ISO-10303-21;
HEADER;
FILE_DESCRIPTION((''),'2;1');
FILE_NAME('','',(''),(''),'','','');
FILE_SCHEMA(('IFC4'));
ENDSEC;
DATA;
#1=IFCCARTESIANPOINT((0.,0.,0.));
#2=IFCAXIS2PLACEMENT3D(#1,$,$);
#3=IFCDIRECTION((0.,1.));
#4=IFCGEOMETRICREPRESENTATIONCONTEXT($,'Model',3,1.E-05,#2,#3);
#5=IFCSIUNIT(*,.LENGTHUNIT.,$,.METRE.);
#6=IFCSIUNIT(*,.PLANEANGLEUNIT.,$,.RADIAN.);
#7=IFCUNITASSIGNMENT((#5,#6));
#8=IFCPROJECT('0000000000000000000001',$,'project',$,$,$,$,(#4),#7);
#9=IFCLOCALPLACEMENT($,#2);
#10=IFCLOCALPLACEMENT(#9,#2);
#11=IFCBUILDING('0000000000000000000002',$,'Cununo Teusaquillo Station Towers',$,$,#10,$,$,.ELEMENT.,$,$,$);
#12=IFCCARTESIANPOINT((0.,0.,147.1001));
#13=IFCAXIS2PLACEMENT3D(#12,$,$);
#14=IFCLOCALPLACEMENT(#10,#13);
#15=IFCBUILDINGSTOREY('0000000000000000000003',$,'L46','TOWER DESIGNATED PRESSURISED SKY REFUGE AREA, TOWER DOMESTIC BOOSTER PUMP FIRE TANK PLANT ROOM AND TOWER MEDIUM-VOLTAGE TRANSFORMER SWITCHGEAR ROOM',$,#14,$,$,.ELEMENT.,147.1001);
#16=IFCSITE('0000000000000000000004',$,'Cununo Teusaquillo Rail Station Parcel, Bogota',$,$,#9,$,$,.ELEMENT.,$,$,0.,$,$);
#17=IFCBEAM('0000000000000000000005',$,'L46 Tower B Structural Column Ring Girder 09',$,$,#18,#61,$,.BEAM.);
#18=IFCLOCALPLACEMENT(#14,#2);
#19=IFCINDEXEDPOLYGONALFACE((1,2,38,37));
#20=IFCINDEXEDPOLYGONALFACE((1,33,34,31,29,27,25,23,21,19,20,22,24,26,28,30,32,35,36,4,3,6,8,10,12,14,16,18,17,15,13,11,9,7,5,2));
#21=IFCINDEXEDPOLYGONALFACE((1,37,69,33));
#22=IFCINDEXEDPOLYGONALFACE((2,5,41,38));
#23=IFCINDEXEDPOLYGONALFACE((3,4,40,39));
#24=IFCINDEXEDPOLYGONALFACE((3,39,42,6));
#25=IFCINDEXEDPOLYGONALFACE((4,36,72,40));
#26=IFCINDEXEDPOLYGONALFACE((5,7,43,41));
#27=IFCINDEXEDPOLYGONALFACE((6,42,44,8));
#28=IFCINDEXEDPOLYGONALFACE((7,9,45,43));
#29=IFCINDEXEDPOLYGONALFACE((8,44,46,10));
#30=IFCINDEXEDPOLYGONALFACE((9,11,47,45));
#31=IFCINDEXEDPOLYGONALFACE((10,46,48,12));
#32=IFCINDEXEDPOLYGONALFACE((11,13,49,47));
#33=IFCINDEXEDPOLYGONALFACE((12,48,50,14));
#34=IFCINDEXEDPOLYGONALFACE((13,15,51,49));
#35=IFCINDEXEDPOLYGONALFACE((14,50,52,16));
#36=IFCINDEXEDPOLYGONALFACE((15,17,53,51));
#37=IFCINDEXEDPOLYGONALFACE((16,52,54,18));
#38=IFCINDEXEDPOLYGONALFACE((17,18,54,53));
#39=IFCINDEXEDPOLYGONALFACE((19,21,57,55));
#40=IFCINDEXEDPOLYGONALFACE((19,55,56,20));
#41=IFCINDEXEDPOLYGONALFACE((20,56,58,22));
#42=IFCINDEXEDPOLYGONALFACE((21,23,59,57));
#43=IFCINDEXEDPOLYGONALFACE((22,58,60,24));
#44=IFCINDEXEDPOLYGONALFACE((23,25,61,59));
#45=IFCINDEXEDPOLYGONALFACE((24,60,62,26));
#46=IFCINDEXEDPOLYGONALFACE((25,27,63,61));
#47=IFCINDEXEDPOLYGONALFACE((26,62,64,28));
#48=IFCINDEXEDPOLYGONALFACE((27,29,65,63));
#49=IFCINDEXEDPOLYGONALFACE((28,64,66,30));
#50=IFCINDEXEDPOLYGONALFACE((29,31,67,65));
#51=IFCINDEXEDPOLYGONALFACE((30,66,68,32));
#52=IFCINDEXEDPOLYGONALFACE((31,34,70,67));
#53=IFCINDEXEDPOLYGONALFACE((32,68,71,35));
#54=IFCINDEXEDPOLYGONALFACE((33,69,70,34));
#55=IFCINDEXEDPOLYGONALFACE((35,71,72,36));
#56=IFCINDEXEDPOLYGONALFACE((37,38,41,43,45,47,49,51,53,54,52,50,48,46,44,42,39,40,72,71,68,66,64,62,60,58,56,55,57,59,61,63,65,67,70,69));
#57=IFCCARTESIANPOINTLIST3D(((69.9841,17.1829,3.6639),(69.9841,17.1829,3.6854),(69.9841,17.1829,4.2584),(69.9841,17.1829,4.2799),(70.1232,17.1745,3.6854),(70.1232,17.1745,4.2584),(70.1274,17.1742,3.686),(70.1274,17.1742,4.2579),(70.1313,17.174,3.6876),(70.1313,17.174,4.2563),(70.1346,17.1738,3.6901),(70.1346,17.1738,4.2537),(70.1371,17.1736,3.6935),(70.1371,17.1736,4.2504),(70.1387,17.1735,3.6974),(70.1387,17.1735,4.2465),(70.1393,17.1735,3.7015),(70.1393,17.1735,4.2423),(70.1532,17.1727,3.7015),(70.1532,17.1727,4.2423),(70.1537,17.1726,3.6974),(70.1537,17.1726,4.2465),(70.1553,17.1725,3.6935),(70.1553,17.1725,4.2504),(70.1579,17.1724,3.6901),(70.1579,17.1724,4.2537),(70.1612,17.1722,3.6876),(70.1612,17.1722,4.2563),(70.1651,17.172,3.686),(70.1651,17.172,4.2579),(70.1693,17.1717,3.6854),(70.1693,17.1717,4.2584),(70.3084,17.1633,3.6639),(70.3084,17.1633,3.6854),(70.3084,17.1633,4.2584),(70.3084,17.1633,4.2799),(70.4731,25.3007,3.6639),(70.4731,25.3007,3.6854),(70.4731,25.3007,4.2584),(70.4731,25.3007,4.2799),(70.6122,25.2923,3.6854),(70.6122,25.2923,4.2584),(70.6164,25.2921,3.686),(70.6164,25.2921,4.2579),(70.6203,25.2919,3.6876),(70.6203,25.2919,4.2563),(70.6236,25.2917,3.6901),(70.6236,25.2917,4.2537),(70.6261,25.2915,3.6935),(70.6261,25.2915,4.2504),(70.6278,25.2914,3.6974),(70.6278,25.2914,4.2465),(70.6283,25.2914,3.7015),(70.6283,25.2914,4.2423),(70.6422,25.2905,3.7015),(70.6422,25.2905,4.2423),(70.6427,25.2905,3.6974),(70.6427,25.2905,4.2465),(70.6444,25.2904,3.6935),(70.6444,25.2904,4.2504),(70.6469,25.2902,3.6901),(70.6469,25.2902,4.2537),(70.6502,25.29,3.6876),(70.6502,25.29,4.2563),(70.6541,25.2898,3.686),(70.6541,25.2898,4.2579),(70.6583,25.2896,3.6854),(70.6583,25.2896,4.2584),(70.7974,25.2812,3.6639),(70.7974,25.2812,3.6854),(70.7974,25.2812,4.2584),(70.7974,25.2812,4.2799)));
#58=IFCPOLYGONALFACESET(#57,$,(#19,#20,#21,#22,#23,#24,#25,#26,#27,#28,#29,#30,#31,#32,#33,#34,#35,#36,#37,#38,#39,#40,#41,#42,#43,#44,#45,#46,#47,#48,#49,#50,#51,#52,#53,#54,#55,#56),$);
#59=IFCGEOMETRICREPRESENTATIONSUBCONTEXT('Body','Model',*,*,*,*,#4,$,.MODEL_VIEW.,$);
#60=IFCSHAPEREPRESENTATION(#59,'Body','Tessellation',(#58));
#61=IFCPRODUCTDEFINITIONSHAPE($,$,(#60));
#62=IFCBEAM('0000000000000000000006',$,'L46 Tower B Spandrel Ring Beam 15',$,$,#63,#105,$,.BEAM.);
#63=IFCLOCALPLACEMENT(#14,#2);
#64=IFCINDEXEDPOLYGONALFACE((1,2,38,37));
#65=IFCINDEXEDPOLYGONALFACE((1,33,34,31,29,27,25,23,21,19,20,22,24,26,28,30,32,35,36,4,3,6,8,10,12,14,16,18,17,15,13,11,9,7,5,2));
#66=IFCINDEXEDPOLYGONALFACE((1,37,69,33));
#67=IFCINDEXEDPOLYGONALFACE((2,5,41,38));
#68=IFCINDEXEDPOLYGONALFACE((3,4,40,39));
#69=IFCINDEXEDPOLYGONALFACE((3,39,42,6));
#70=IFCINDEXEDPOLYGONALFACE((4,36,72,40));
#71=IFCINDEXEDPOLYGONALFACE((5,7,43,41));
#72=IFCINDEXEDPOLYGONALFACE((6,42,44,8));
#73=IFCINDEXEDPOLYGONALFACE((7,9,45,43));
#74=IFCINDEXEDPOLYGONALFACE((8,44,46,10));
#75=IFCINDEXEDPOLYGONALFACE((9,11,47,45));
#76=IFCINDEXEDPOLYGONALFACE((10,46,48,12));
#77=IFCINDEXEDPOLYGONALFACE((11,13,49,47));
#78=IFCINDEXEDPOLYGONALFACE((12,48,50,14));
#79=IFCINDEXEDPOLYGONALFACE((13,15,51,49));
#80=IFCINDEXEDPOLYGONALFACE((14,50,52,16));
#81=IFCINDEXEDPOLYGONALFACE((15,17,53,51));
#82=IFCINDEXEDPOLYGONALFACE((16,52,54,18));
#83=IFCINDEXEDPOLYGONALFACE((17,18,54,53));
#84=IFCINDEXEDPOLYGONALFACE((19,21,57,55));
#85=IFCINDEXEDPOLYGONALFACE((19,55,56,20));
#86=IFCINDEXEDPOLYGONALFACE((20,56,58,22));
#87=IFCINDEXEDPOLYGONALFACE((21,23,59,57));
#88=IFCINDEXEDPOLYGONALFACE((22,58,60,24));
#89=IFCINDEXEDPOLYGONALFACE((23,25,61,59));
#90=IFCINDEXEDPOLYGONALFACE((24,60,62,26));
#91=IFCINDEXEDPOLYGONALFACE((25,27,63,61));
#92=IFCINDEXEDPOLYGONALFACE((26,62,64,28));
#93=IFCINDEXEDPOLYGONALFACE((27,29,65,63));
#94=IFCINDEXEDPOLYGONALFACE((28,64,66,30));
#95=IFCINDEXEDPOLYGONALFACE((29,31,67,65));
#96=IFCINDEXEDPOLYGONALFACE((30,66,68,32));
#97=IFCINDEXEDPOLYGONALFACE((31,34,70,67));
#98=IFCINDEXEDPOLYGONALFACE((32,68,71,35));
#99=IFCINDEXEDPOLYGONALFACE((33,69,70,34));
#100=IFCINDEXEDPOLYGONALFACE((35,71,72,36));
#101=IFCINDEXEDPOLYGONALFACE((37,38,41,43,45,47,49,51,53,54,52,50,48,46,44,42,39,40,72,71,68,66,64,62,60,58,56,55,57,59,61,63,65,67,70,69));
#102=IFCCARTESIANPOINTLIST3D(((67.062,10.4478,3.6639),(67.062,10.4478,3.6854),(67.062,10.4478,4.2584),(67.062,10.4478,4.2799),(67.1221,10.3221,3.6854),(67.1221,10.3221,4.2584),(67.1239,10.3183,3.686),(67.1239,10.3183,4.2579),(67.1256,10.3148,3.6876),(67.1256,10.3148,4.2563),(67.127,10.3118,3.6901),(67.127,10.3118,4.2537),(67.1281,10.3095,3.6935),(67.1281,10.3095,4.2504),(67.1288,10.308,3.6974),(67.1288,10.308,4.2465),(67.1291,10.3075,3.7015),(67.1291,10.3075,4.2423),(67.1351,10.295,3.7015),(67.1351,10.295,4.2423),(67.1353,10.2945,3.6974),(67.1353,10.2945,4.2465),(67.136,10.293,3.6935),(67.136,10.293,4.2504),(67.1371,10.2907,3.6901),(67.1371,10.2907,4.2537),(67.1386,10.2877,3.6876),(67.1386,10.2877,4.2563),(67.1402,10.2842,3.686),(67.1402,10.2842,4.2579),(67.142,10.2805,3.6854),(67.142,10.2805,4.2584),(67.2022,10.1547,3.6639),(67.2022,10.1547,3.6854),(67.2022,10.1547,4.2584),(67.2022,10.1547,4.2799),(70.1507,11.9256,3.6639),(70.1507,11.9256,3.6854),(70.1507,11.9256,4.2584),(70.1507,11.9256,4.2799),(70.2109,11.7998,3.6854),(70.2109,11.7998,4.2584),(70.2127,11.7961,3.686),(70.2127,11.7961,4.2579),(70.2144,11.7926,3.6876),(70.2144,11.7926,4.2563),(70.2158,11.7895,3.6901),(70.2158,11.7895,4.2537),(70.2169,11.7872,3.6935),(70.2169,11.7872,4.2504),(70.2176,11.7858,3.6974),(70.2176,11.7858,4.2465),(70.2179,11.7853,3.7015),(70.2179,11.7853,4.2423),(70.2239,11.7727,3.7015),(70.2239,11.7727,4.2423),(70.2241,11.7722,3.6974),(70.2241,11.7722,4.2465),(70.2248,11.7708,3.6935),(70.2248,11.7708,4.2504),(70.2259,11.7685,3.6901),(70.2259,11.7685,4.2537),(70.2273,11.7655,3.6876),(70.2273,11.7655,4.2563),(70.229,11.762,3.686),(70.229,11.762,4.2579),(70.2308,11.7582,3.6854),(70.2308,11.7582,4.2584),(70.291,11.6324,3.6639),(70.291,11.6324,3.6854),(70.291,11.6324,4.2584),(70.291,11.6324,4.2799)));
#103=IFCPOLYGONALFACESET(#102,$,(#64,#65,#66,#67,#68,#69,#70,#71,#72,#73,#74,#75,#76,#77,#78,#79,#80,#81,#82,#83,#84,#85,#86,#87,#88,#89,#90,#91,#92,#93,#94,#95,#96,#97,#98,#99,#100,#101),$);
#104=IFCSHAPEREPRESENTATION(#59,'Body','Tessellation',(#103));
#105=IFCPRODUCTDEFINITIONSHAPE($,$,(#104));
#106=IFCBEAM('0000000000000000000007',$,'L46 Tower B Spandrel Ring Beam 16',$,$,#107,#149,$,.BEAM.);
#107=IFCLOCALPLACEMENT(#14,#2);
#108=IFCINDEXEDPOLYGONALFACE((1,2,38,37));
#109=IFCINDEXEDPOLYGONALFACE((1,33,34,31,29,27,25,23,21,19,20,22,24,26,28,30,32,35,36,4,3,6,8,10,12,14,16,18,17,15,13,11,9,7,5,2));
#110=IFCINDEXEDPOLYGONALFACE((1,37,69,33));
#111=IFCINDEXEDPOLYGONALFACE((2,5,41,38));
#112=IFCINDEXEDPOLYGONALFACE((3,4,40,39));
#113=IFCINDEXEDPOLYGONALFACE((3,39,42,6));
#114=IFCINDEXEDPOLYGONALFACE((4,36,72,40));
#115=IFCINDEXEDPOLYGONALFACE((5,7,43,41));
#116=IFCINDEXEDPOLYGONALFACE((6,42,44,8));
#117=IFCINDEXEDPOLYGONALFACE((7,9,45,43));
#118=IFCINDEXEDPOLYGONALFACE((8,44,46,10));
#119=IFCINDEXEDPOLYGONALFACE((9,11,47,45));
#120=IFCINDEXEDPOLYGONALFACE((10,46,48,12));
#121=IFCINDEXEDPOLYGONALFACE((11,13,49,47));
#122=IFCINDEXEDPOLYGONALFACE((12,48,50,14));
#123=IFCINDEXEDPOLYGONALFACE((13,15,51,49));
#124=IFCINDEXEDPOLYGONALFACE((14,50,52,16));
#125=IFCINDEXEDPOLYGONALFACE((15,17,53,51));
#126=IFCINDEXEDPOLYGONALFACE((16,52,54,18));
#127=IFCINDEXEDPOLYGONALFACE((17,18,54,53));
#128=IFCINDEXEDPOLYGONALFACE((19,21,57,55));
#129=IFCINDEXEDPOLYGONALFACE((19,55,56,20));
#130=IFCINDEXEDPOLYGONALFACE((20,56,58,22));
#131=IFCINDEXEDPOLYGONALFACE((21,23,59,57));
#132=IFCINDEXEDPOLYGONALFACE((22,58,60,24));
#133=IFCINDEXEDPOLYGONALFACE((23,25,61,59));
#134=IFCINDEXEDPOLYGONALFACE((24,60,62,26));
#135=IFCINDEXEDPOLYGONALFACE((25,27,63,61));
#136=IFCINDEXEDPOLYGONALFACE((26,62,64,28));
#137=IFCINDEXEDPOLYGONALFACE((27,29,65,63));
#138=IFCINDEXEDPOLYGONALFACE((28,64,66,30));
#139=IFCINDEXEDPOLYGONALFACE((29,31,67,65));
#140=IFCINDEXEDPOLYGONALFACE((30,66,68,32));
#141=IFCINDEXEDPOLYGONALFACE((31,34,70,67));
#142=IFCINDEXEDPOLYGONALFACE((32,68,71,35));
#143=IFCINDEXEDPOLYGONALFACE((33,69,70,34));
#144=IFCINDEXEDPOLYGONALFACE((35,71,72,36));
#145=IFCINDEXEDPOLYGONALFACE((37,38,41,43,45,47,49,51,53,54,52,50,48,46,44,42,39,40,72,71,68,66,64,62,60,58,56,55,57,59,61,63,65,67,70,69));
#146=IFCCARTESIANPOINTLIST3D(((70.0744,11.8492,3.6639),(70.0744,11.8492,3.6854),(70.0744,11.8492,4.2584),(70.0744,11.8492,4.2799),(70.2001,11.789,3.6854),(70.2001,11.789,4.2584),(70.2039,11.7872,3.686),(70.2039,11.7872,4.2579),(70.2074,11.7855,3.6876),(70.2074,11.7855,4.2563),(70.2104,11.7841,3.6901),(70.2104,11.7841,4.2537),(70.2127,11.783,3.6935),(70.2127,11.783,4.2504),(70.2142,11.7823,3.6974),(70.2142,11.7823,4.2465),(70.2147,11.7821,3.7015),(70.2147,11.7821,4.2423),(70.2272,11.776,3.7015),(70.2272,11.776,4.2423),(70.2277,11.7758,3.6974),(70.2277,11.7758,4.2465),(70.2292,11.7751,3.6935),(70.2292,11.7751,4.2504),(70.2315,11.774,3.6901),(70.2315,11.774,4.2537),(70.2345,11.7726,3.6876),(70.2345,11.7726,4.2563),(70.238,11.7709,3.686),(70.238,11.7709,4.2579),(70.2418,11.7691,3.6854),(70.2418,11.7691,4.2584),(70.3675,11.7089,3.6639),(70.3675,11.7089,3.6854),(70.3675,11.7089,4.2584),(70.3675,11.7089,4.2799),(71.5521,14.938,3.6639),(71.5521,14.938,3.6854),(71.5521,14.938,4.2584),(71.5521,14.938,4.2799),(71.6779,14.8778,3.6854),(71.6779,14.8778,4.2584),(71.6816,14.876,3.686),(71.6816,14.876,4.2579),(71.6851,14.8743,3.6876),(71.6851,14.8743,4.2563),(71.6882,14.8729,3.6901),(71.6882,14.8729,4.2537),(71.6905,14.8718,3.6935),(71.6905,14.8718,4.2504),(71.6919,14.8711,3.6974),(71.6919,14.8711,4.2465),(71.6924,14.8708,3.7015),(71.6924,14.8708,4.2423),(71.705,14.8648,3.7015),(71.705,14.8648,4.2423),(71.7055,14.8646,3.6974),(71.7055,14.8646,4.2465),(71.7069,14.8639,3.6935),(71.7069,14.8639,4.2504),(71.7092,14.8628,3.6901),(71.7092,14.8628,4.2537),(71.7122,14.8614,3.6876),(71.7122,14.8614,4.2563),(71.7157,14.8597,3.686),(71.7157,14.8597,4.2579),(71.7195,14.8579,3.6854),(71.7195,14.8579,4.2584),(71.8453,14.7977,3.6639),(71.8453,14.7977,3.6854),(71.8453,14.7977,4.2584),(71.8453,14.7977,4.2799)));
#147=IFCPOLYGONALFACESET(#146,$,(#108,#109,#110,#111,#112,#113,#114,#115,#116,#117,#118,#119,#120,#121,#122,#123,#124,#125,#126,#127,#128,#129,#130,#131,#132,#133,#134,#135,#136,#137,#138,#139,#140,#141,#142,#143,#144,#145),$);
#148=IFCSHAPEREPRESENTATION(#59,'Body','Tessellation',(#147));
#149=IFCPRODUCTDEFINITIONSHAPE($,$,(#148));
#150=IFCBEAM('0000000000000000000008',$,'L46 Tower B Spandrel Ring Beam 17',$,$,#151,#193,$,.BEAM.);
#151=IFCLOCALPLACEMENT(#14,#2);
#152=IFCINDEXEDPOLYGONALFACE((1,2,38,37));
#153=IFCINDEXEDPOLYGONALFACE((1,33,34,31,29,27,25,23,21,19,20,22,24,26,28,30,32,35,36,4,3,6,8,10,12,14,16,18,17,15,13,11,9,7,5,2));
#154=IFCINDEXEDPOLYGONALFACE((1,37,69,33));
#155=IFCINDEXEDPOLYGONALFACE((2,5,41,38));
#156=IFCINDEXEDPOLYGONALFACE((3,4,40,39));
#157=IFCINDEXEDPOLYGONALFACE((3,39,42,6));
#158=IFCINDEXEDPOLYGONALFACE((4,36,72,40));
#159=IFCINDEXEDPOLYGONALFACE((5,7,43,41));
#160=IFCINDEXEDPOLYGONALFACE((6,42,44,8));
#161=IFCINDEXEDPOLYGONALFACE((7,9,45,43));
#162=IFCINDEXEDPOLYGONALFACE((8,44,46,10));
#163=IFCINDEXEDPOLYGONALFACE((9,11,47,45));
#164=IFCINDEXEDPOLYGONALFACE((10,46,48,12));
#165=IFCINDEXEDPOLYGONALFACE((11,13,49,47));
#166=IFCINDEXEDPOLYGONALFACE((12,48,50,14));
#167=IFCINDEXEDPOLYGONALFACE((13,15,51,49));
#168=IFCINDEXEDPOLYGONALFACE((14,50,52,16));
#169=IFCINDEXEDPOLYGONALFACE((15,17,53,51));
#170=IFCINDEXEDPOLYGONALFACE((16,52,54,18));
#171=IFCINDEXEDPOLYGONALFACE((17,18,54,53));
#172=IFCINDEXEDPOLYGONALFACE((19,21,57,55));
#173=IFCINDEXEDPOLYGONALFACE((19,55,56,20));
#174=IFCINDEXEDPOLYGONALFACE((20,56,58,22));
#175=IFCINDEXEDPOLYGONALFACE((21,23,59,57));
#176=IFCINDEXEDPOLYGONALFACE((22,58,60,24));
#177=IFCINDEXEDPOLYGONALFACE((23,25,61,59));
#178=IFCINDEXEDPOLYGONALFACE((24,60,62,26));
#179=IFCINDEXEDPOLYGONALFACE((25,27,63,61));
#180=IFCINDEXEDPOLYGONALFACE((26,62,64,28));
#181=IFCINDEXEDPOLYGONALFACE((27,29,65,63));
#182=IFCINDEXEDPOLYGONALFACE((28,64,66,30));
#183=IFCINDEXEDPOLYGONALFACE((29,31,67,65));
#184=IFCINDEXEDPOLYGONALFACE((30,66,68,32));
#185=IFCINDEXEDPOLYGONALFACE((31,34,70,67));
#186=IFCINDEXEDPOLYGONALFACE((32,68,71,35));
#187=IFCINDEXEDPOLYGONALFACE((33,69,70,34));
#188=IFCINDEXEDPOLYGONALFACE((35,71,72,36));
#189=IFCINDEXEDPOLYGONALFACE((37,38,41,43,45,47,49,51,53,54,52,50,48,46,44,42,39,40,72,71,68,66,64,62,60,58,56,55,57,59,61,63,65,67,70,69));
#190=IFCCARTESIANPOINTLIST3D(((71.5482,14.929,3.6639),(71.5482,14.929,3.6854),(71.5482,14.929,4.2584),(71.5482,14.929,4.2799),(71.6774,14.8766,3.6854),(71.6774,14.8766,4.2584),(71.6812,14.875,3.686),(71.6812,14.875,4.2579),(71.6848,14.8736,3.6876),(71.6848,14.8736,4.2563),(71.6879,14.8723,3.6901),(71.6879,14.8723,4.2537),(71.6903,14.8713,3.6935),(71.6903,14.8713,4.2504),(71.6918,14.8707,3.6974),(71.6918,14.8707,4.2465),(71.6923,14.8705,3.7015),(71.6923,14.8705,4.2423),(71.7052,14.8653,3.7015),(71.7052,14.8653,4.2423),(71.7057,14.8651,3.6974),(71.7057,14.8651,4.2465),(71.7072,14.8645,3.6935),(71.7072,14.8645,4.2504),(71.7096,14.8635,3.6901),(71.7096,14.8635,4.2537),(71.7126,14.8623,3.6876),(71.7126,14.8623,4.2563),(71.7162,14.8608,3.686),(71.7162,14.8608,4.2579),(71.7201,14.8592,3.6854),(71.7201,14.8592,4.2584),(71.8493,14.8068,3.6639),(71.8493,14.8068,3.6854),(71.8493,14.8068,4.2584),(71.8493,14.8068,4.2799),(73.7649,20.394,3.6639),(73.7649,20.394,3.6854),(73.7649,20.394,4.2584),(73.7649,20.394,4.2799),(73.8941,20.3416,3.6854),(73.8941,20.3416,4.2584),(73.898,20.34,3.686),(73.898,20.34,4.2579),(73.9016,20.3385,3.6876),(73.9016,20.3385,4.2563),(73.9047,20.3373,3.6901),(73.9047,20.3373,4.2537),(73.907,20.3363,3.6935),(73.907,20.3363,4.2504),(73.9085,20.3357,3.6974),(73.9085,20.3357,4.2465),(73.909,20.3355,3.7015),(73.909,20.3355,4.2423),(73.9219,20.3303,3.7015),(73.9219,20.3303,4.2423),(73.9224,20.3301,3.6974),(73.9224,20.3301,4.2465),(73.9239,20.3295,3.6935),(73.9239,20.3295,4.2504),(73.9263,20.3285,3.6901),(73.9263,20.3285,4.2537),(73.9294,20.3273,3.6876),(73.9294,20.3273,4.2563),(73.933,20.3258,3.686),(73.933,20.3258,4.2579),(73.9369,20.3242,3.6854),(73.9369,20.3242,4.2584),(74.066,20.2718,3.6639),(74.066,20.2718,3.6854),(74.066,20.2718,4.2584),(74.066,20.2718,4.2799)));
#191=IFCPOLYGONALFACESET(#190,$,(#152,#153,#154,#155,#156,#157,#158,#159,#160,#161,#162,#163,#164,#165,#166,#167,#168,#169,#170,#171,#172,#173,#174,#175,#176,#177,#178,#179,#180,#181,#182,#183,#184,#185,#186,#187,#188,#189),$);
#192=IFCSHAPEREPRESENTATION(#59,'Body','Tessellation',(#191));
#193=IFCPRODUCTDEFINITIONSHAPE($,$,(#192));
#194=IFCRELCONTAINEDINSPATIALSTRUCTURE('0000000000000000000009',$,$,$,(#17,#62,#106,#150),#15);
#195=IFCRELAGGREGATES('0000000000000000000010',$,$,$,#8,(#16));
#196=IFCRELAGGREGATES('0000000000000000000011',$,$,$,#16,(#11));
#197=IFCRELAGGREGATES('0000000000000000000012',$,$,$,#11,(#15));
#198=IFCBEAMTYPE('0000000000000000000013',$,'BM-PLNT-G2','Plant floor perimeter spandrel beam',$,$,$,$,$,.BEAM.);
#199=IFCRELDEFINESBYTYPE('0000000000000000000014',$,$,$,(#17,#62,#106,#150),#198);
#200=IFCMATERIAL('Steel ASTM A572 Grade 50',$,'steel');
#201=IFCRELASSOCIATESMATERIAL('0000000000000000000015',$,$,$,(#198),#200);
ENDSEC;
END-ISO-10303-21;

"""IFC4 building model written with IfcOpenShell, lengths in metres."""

from ifc_helpers import new_model, si_unit, direction, frame, origin, origin_2d, place, context, subcontext, project, spatial, i_section, extrude, material, material_profile, profile_set, type_object, element, save


model = new_model("IFC4")

# Units and contexts
model_context = context("Model", 3, precision=1e-05, world=origin(), true_north=direction((0.0, 1.0)))
body_context = subcontext(model_context, "Body", "Model", "MODEL_VIEW")
ifc_project = project(units=[si_unit("LENGTHUNIT", "METRE"), si_unit("PLANEANGLEUNIT", "RADIAN")], contexts=[model_context])

# Site, building, storey
site_placement = place(None, origin())
site = spatial("IfcSite", under=ifc_project, at=site_placement, Name="Cununo Teusaquillo Rail Station Parcel, Bogota", CompositionType="ELEMENT", RefElevation=0.0)
building_placement = place(site_placement, origin())
building = spatial("IfcBuilding", under=site, at=building_placement, Name="Cununo Teusaquillo Station Towers", CompositionType="ELEMENT")
storey_placement = place(building_placement, frame((0.0, 0.0, 147.1001)))
storey = spatial("IfcBuildingStorey", under=building, at=storey_placement, Name="L46", Description="TOWER DESIGNATED PRESSURISED SKY REFUGE AREA, TOWER DOMESTIC BOOSTER PUMP FIRE TANK PLANT ROOM AND TOWER MEDIUM-VOLTAGE TRANSFORMER SWITCHGEAR ROOM", CompositionType="ELEMENT", Elevation=147.1001)

# Beams
ifc_material_1 = material(Name="Steel ASTM A572 Grade 50", Category="steel")
ifc_material_profile_1 = material_profile(ifc_material_1, i_section(OverallWidth=0.325, OverallDepth=0.616, WebThickness=0.0139, FlangeThickness=0.0215, FilletRadius=0.0161, at=origin_2d()), Name="W24X117")
ifc_profile_set_1 = profile_set([ifc_material_profile_1], Name="Steel ASTM A572 Grade 50")
beam_type_1 = type_object("IfcBeamType", Name="BM-PLNT-G2", Description="Plant floor perimeter spandrel beam", PredefinedType="BEAM", material=ifc_profile_set_1)
beam_1_placement = place(storey_placement, frame((70.1462, 17.1731, 3.9719), z_axis=(0.06013, 0.998191, 0.0), x_axis=(-0.998191, 0.06013, 0.0)))
element("IfcBeam", 1, at=beam_1_placement, inside=storey, type_object=beam_type_1, Name="L46 Tower B Structural Column Ring Girder 09", PredefinedType="BEAM", context=body_context, shape_type="SweptSolid", body=[
    extrude(i_section(OverallWidth=0.325, OverallDepth=0.616, WebThickness=0.0139, FlangeThickness=0.0215, FilletRadius=0.0161, at=origin_2d()), origin(), (0.0, 0.0, 1.0), 8.1326),
])
for number, where, z_axis, x_axis, name in (
    (2, (67.1321, 10.3013, 3.9719), (0.902078, 0.431574, 0.0), (-0.431574, 0.902078, 0.0), "L46 Tower B Spandrel Ring Beam 15"),
    (3, (70.2209, 11.7791, 3.9719), (0.431574, 0.902078, 0.0), (-0.902078, 0.431574, 0.0), "L46 Tower B Spandrel Ring Beam 16"),
):
    element("IfcBeam", number, at=place(storey_placement, frame(where, z_axis=z_axis, x_axis=x_axis)), inside=storey, type_object=beam_type_1, Name=name, PredefinedType="BEAM", context=body_context, shape_type="SweptSolid", body=[
        extrude(i_section(OverallWidth=0.325, OverallDepth=0.616, WebThickness=0.0139, FlangeThickness=0.0215, FilletRadius=0.0161, at=origin_2d()), origin(), (0.0, 0.0, 1.0), 3.4241),
    ])
beam_2_placement = place(storey_placement, frame((71.6987, 14.8679, 3.9719), z_axis=(0.375883, 0.926667, 0.0), x_axis=(-0.926667, 0.375883, 0.0)))
element("IfcBeam", 4, at=beam_2_placement, inside=storey, type_object=beam_type_1, Name="L46 Tower B Spandrel Ring Beam 17", PredefinedType="BEAM", context=body_context, shape_type="SweptSolid", body=[
    extrude(i_section(OverallWidth=0.325, OverallDepth=0.616, WebThickness=0.0139, FlangeThickness=0.0215, FilletRadius=0.0161, at=origin_2d()), origin(), (0.0, 0.0, 1.0), 5.8975),
])

save(model, "model.ifc")
